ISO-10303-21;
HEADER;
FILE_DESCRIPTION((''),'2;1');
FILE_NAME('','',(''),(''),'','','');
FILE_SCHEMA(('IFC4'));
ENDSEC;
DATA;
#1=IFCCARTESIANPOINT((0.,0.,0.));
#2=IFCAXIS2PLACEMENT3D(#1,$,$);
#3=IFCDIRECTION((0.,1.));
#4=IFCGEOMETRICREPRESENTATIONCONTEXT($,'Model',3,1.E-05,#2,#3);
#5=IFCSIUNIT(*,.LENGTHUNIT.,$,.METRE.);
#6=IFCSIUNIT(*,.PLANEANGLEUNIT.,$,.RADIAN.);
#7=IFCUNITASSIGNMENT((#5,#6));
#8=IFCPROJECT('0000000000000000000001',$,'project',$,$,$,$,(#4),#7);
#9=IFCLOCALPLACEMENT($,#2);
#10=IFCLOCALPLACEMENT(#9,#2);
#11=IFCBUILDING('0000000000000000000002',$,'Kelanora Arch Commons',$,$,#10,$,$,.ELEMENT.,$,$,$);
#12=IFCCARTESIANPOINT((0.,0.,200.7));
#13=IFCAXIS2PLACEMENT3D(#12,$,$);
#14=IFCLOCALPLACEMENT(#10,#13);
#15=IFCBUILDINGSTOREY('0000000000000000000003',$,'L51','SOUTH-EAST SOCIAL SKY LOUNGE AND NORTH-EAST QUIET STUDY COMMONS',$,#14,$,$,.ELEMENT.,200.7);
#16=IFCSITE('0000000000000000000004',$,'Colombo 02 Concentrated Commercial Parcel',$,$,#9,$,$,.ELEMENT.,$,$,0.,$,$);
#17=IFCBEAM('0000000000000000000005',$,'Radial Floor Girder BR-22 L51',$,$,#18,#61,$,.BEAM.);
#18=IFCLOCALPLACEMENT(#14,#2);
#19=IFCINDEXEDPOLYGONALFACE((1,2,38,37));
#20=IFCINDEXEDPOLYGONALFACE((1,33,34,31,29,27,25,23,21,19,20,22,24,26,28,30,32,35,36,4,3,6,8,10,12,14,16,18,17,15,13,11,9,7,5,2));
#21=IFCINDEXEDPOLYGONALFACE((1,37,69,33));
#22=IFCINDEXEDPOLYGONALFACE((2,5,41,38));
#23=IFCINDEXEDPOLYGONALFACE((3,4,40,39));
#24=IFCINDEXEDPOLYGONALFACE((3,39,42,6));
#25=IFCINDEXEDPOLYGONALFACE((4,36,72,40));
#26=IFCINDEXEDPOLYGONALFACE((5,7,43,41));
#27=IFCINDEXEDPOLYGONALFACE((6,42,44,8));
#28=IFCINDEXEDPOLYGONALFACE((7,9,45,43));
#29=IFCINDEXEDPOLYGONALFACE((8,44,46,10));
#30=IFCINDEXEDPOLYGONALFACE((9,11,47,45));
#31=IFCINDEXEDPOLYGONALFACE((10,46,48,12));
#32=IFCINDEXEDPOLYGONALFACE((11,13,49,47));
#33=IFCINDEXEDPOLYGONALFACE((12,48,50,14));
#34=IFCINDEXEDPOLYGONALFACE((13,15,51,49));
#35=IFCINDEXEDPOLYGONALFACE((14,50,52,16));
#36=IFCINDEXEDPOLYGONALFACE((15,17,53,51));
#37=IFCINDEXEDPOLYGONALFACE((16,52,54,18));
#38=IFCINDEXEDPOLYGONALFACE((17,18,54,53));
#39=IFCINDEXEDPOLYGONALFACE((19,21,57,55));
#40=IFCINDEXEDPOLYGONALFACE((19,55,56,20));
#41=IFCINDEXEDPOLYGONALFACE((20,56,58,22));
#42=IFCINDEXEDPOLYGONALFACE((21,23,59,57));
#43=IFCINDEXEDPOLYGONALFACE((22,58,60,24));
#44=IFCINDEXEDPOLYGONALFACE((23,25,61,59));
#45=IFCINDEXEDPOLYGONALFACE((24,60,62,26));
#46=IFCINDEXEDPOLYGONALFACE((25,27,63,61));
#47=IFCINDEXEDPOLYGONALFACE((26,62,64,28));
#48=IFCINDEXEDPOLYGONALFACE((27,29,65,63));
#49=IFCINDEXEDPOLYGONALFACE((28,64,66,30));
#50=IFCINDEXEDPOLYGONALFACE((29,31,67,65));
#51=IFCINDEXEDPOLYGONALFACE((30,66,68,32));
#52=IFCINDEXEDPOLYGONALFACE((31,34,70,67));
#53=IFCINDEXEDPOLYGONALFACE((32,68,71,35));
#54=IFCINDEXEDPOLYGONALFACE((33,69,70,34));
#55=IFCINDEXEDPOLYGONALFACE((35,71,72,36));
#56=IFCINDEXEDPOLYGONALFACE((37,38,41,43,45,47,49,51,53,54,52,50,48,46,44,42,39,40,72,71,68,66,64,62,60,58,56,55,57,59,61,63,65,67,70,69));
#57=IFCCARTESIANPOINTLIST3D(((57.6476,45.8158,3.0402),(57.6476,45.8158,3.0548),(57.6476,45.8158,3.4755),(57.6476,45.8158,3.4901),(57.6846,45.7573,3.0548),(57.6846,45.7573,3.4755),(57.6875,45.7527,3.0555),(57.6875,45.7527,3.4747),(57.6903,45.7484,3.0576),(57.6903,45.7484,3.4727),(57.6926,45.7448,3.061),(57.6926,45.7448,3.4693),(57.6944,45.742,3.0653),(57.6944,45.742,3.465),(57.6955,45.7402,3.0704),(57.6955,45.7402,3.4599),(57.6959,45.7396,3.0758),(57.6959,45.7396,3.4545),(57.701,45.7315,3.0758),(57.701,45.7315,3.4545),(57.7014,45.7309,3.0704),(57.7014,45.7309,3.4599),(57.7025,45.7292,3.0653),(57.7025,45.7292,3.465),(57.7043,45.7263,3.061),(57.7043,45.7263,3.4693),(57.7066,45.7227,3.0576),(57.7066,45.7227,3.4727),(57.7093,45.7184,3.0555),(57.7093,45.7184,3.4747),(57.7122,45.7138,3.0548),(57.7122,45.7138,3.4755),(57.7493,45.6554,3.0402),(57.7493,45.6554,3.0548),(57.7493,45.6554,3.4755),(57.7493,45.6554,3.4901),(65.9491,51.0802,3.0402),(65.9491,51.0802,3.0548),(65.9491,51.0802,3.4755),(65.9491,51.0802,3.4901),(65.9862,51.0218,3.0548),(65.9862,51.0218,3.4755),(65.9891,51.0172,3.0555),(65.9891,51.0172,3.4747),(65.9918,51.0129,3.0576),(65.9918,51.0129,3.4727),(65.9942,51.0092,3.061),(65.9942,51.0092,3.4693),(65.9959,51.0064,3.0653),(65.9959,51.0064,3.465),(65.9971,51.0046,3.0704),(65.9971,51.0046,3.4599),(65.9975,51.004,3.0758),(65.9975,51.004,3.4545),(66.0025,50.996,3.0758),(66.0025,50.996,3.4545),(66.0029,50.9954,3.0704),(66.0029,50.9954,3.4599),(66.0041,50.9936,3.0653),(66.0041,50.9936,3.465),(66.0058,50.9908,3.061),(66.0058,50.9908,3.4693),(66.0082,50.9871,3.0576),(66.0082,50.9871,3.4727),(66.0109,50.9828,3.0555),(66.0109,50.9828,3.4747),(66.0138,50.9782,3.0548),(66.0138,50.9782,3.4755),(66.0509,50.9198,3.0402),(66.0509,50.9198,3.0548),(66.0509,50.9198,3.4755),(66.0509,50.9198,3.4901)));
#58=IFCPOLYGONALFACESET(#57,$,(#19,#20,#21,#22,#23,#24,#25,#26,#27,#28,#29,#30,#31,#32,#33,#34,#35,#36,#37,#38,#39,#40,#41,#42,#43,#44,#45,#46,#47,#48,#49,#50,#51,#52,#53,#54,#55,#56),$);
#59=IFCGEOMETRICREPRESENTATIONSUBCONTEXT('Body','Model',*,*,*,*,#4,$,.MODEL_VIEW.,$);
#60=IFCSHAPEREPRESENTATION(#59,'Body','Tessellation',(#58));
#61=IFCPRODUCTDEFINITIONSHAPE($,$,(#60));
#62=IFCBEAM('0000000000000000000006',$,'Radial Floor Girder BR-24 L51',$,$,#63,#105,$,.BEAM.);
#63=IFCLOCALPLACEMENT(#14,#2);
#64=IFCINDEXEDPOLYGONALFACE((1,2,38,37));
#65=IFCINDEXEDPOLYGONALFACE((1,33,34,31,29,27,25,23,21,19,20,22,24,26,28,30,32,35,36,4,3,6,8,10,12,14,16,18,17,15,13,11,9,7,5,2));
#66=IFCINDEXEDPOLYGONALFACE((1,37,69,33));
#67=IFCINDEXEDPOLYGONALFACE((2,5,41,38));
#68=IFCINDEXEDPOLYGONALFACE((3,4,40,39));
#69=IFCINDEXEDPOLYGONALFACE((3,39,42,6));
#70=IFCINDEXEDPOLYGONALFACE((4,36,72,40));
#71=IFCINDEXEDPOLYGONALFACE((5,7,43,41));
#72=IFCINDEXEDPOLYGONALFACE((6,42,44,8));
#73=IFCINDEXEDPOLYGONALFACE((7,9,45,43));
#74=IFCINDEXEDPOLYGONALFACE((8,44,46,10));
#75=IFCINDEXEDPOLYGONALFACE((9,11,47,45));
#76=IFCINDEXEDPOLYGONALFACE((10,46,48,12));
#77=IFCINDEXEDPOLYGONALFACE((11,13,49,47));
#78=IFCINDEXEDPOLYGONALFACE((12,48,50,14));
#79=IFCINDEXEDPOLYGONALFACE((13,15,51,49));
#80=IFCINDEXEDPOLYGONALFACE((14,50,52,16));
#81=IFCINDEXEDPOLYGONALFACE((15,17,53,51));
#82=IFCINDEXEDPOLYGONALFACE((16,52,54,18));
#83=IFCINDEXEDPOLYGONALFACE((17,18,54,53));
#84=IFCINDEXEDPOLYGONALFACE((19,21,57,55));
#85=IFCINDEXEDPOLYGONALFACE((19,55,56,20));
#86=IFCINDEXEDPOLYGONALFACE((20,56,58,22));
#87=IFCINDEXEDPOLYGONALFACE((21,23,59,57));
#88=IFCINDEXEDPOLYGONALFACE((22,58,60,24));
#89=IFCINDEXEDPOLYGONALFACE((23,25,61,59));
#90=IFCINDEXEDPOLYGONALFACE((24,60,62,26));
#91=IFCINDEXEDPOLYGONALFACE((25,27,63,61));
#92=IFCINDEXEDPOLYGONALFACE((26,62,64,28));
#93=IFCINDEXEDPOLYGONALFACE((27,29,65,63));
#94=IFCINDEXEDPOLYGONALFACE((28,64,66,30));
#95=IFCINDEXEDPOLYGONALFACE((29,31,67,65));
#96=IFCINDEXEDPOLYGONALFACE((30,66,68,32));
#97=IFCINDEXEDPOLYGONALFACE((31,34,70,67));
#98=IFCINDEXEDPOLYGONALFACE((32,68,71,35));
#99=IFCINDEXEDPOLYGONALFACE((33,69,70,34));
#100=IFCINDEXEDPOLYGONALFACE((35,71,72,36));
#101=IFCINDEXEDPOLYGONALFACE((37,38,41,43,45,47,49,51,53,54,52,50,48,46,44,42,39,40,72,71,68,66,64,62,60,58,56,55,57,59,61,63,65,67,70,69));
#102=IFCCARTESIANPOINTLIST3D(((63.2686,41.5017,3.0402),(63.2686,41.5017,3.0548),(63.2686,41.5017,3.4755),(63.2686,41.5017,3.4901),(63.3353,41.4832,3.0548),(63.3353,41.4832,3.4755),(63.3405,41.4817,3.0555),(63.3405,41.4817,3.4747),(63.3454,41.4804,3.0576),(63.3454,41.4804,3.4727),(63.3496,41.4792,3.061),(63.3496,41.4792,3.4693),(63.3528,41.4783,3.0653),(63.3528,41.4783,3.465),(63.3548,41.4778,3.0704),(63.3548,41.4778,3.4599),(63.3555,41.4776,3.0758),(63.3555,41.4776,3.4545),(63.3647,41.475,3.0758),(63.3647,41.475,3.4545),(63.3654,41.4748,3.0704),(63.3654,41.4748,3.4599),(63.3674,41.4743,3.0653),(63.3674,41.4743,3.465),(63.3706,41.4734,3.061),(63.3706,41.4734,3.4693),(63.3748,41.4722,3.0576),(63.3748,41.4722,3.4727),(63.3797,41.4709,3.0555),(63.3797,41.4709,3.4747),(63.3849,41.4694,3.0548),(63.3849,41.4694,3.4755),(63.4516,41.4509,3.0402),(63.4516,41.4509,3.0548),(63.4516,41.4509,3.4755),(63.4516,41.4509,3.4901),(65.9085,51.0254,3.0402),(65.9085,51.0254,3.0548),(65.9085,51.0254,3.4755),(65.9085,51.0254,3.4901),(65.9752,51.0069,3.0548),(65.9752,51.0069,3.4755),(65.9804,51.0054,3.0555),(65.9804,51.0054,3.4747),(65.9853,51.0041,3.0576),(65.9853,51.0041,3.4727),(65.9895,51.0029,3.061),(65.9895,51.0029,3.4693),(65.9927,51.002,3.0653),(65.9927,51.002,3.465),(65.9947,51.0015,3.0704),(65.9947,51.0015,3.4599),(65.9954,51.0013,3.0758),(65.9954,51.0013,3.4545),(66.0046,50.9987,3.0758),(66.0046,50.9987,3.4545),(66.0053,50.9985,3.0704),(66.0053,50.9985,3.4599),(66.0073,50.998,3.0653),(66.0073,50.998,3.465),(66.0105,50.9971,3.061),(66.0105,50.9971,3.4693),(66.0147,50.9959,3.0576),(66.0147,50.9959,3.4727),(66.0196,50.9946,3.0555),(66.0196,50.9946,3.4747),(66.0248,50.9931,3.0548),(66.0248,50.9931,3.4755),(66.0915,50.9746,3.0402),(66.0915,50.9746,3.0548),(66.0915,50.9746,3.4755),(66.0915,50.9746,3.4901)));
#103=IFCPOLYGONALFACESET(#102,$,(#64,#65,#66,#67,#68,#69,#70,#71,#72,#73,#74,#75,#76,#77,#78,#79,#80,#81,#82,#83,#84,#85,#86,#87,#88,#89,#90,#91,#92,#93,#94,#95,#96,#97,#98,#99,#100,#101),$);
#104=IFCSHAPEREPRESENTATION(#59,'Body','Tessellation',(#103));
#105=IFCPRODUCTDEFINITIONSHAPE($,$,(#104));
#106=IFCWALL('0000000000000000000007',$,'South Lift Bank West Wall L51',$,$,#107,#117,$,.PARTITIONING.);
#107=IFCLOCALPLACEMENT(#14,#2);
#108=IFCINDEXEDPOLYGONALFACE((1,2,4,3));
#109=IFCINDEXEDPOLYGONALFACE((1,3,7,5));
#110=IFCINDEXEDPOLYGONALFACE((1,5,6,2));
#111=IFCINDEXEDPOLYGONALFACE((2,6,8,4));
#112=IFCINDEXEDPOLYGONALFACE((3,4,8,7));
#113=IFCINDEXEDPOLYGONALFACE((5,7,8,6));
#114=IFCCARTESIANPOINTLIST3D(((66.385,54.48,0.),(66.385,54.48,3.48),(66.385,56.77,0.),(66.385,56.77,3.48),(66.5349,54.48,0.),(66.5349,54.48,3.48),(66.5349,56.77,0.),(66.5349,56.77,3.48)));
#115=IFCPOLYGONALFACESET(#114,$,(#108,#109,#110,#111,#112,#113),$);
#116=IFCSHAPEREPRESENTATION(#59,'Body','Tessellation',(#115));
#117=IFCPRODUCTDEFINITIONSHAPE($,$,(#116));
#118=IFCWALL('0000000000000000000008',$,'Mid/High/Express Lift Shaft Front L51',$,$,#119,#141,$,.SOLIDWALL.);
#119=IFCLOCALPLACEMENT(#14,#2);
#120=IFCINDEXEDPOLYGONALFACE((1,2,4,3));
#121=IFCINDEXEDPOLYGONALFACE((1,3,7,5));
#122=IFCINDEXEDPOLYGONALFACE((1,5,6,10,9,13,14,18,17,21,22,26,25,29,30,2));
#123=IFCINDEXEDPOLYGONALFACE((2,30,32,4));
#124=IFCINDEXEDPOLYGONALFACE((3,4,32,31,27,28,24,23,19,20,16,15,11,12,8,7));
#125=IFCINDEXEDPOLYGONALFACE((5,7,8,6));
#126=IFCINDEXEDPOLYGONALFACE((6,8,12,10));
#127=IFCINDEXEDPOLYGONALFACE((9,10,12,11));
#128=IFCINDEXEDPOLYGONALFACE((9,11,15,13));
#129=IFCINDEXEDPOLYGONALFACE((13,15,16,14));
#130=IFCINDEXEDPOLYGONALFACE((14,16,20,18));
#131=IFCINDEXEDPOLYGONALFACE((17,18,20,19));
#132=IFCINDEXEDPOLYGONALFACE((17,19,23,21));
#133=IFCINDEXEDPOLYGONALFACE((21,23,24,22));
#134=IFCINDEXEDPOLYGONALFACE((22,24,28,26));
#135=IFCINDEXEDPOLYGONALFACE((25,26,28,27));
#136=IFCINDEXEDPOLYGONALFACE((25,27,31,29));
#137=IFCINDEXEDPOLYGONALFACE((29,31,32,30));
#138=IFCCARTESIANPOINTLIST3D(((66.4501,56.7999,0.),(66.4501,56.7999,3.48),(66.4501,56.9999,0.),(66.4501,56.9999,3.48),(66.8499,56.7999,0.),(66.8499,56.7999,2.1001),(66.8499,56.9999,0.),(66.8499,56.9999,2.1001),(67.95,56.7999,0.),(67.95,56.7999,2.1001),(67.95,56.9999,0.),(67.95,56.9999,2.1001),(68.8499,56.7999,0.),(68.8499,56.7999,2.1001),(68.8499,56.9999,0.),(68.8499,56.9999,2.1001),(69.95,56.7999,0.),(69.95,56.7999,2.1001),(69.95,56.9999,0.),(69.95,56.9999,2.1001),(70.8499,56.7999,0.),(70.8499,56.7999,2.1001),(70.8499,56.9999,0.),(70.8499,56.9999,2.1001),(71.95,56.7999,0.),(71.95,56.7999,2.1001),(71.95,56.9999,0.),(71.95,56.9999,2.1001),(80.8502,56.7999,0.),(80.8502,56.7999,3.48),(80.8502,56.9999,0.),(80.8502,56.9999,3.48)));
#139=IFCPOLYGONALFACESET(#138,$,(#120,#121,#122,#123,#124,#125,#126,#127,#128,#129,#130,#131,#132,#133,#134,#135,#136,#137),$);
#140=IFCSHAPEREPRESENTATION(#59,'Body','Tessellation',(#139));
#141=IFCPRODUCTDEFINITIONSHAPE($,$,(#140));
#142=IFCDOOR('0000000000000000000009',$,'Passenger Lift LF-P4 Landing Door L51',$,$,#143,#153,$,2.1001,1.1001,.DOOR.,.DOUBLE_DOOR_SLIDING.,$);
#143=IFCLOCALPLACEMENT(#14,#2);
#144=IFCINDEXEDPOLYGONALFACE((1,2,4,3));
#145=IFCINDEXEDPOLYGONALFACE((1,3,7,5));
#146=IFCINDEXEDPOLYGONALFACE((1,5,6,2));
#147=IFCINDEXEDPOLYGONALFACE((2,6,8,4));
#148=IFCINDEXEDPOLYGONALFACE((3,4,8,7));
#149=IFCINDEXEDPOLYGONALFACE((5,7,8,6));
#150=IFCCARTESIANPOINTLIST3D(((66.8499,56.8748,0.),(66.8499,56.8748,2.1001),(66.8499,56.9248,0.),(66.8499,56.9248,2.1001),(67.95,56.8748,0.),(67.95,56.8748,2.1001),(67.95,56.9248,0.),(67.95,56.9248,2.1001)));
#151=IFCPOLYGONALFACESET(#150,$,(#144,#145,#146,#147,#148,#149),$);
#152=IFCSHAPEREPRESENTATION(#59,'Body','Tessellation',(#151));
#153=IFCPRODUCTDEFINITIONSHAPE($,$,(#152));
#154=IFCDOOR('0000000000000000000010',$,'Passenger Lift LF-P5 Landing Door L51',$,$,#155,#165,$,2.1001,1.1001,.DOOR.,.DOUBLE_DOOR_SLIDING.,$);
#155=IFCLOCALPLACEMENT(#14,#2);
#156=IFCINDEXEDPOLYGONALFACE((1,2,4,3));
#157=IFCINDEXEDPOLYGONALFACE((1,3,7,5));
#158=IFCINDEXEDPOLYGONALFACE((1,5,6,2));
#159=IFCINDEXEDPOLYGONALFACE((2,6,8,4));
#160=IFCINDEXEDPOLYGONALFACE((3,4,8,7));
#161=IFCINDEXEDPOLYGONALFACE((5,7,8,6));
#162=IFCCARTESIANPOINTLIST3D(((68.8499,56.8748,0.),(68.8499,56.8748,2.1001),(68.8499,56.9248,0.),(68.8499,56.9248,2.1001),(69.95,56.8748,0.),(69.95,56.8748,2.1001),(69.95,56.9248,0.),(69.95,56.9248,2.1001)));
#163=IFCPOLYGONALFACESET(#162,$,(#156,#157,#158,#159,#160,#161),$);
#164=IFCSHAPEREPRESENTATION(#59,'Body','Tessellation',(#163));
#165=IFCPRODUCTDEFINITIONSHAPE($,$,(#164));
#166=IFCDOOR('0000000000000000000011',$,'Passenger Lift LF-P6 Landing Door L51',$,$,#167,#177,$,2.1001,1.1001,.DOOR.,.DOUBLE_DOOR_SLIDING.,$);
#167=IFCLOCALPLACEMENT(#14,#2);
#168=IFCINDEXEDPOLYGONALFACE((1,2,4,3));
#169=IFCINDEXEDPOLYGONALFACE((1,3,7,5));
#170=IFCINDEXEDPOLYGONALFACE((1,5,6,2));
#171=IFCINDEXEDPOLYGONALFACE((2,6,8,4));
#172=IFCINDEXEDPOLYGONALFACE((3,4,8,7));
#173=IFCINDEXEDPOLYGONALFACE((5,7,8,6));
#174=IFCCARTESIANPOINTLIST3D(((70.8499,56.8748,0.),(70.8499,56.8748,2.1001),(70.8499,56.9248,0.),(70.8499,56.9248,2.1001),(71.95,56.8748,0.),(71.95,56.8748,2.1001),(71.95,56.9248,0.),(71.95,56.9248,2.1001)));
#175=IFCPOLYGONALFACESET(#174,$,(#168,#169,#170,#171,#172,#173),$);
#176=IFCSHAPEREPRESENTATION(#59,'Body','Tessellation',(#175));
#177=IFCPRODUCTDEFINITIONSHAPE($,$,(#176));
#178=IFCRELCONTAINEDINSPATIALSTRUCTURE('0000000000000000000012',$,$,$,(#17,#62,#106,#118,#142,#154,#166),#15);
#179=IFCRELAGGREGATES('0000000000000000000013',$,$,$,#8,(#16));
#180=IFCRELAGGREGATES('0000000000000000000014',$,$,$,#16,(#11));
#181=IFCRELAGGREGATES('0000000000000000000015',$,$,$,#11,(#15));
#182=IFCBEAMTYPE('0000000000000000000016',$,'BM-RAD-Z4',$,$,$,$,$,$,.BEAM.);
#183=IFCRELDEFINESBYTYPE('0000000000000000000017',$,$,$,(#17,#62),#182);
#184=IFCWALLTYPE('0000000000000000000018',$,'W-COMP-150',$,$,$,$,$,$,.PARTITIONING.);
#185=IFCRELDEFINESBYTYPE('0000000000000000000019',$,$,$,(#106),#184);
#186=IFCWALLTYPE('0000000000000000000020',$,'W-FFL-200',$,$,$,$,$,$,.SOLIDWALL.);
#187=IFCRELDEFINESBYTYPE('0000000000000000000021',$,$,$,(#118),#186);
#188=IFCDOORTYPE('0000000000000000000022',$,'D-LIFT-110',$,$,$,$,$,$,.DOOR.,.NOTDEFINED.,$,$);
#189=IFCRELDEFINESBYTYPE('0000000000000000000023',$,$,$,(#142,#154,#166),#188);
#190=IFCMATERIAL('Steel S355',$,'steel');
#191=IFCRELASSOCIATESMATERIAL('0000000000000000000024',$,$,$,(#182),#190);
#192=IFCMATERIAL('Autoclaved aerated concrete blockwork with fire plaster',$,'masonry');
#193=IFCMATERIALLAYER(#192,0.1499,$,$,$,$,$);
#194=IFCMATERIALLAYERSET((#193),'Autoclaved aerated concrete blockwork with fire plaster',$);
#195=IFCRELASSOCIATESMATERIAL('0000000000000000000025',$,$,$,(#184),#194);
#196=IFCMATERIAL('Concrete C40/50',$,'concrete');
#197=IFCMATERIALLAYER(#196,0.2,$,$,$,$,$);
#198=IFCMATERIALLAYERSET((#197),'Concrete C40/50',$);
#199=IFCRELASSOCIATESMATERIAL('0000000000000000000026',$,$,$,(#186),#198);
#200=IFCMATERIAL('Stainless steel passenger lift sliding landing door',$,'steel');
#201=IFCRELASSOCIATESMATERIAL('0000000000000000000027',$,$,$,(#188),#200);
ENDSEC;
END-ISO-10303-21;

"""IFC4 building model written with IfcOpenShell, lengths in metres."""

from ifc_helpers import new_model, si_unit, direction, frame, frame_2d, origin, origin_2d, place, context, subcontext, project, spatial, rectangle, i_section, extrude, material, layer, layer_set, material_profile, profile_set, type_object, element, fill, save


model = new_model("IFC4")

# Units and contexts
model_context = context("Model", 3, precision=1e-05, world=origin(), true_north=direction((0.0, 1.0)))
body_context = subcontext(model_context, "Body", "Model", "MODEL_VIEW")
ifc_project = project(units=[si_unit("LENGTHUNIT", "METRE"), si_unit("PLANEANGLEUNIT", "RADIAN")], contexts=[model_context])

# Site, building, storey
site_placement = place(None, origin())
site = spatial("IfcSite", under=ifc_project, at=site_placement, Name="Colombo 02 Concentrated Commercial Parcel", CompositionType="ELEMENT", RefElevation=0.0)
building_placement = place(site_placement, origin())
building = spatial("IfcBuilding", under=site, at=building_placement, Name="Kelanora Arch Commons", CompositionType="ELEMENT")
storey_placement = place(building_placement, frame((0.0, 0.0, 200.7)))
storey = spatial("IfcBuildingStorey", under=building, at=storey_placement, Name="L51", Description="SOUTH-EAST SOCIAL SKY LOUNGE AND NORTH-EAST QUIET STUDY COMMONS", CompositionType="ELEMENT", Elevation=200.7)

# Beams
ifc_material_1 = material(Name="Steel S355", Category="steel")
ifc_material_profile_1 = material_profile(ifc_material_1, i_section(OverallWidth=0.1899, OverallDepth=0.45, WebThickness=0.0095, FlangeThickness=0.0146, FilletRadius=0.021, at=origin_2d()), Name="IPE450")
ifc_profile_set_1 = profile_set([ifc_material_profile_1], Name="Steel S355")
beam_type_1 = type_object("IfcBeamType", Name="BM-RAD-Z4", PredefinedType="BEAM", material=ifc_profile_set_1)
beam_1_placement = place(storey_placement, frame((66.0, 51.0, 3.2651), z_axis=(-0.844507, -0.535544, 0.0), x_axis=(0.535544, -0.844507, 0.0)))
element("IfcBeam", 1, at=beam_1_placement, inside=storey, type_object=beam_type_1, Name="Radial Floor Girder BR-22 L51", PredefinedType="BEAM", context=body_context, shape_type="SweptSolid", body=[
    extrude(i_section(OverallWidth=0.1899, OverallDepth=0.45, WebThickness=0.0095, FlangeThickness=0.0146, FilletRadius=0.021, at=origin_2d()), origin(), (0.0, 0.0, 1.0), 9.8301),
])
beam_2_placement = place(storey_placement, frame((66.0, 51.0, 3.2651), z_axis=(-0.26712, -0.963663, 0.0), x_axis=(0.963663, -0.26712, 0.0)))
element("IfcBeam", 2, at=beam_2_placement, inside=storey, type_object=beam_type_1, Name="Radial Floor Girder BR-24 L51", PredefinedType="BEAM", context=body_context, shape_type="SweptSolid", body=[
    extrude(i_section(OverallWidth=0.1899, OverallDepth=0.45, WebThickness=0.0095, FlangeThickness=0.0146, FilletRadius=0.021, at=origin_2d()), origin(), (0.0, 0.0, 1.0), 9.8828),
])

# Wall
ifc_material_2 = material(Name="Autoclaved aerated concrete blockwork with fire plaster", Category="masonry")
ifc_layer_1 = layer(ifc_material_2, 0.1499)
ifc_layer_set_1 = layer_set([ifc_layer_1], Name="Autoclaved aerated concrete blockwork with fire plaster")
wall_type_1 = type_object("IfcWallType", Name="W-COMP-150", PredefinedType="PARTITIONING", material=ifc_layer_set_1)
wall_1_placement = place(storey_placement, frame((66.46, 54.48, 0.0), z_axis=(0.0, 0.0, 1.0), x_axis=(0.0, 1.0, 0.0)))
element("IfcWall", 3, at=wall_1_placement, inside=storey, type_object=wall_type_1, Name="South Lift Bank West Wall L51", PredefinedType="PARTITIONING", context=body_context, shape_type="SweptSolid", body=[
    extrude(rectangle(XDim=2.29, YDim=0.1499, at=frame_2d((1.145, 0.0))), origin(), (0.0, 0.0, 1.0), 3.48),
])

# Wall, openings, doors
ifc_material_3 = material(Name="Concrete C40/50", Category="concrete")
ifc_layer_2 = layer(ifc_material_3, 0.2)
ifc_layer_set_2 = layer_set([ifc_layer_2], Name="Concrete C40/50")
wall_type_2 = type_object("IfcWallType", Name="W-FFL-200", PredefinedType="SOLIDWALL", material=ifc_layer_set_2)
wall_2_placement = place(storey_placement, frame((66.45, 56.8999, 0.0), z_axis=(0.0, 0.0, 1.0), x_axis=(1.0, 0.0, 0.0)))
wall_2 = element("IfcWall", 4, at=wall_2_placement, inside=storey, type_object=wall_type_2, Name="Mid/High/Express Lift Shaft Front L51", PredefinedType="SOLIDWALL", context=body_context, shape_type="SweptSolid", body=[
    extrude(rectangle(XDim=14.4001, YDim=0.2, at=frame_2d((7.2002, 0.0))), origin(), (0.0, 0.0, 1.0), 3.48),
])
opening_1_placement = place(wall_2_placement, frame((0.3999, 0.0, 0.0)))
opening_1 = element("IfcOpeningElement", 5, at=opening_1_placement, cuts=wall_2, PredefinedType="OPENING", context=body_context, shape_type="SweptSolid", body=[
    extrude(rectangle(XDim=1.1001, YDim=2.1001, at=frame_2d((0.55, 1.05))), frame((0.0, 0.1099, 0.0), z_axis=(0.0, -1.0, 0.0), x_axis=(1.0, 0.0, 0.0)), (0.0, 0.0, 1.0), 0.22),
])
opening_2_placement = place(wall_2_placement, frame((2.3999, 0.0, 0.0)))
opening_2 = element("IfcOpeningElement", 6, at=opening_2_placement, cuts=wall_2, PredefinedType="OPENING", context=body_context, shape_type="SweptSolid", body=[
    extrude(rectangle(XDim=1.1001, YDim=2.1001, at=frame_2d((0.55, 1.05))), frame((0.0, 0.1099, 0.0), z_axis=(0.0, -1.0, 0.0), x_axis=(1.0, 0.0, 0.0)), (0.0, 0.0, 1.0), 0.22),
])
opening_3_placement = place(wall_2_placement, frame((4.3999, 0.0, 0.0)))
opening_3 = element("IfcOpeningElement", 7, at=opening_3_placement, cuts=wall_2, PredefinedType="OPENING", context=body_context, shape_type="SweptSolid", body=[
    extrude(rectangle(XDim=1.1001, YDim=2.1001, at=frame_2d((0.55, 1.05))), frame((0.0, 0.1099, 0.0), z_axis=(0.0, -1.0, 0.0), x_axis=(1.0, 0.0, 0.0)), (0.0, 0.0, 1.0), 0.22),
])
ifc_material_4 = material(Name="Stainless steel passenger lift sliding landing door", Category="steel")
door_type_1 = type_object("IfcDoorType", Name="D-LIFT-110", OperationType="NOTDEFINED", PredefinedType="DOOR", material=ifc_material_4)
door_1_placement = place(opening_1_placement, origin())
door_1 = element("IfcDoor", 8, at=door_1_placement, inside=storey, type_object=door_type_1, Name="Passenger Lift LF-P4 Landing Door L51", OperationType="DOUBLE_DOOR_SLIDING", OverallHeight=2.1001, OverallWidth=1.1001, PredefinedType="DOOR", context=body_context, shape_type="SweptSolid", body=[
    extrude(rectangle(XDim=1.1001, YDim=2.1001, at=frame_2d((0.55, 1.05))), frame((0.0, 0.0249, 0.0), z_axis=(0.0, -1.0, 0.0), x_axis=(1.0, 0.0, 0.0)), (0.0, 0.0, 1.0), 0.05),
])
fill(opening_1, door_1)
door_2_placement = place(opening_2_placement, origin())
door_2 = element("IfcDoor", 9, at=door_2_placement, inside=storey, type_object=door_type_1, Name="Passenger Lift LF-P5 Landing Door L51", OperationType="DOUBLE_DOOR_SLIDING", OverallHeight=2.1001, OverallWidth=1.1001, PredefinedType="DOOR", context=body_context, shape_type="SweptSolid", body=[
    extrude(rectangle(XDim=1.1001, YDim=2.1001, at=frame_2d((0.55, 1.05))), frame((0.0, 0.0249, 0.0), z_axis=(0.0, -1.0, 0.0), x_axis=(1.0, 0.0, 0.0)), (0.0, 0.0, 1.0), 0.05),
])
fill(opening_2, door_2)
door_3_placement = place(opening_3_placement, origin())
door_3 = element("IfcDoor", 10, at=door_3_placement, inside=storey, type_object=door_type_1, Name="Passenger Lift LF-P6 Landing Door L51", OperationType="DOUBLE_DOOR_SLIDING", OverallHeight=2.1001, OverallWidth=1.1001, PredefinedType="DOOR", context=body_context, shape_type="SweptSolid", body=[
    extrude(rectangle(XDim=1.1001, YDim=2.1001, at=frame_2d((0.55, 1.05))), frame((0.0, 0.0249, 0.0), z_axis=(0.0, -1.0, 0.0), x_axis=(1.0, 0.0, 0.0)), (0.0, 0.0, 1.0), 0.05),
])
fill(opening_3, door_3)

save(model, "model.ifc")
